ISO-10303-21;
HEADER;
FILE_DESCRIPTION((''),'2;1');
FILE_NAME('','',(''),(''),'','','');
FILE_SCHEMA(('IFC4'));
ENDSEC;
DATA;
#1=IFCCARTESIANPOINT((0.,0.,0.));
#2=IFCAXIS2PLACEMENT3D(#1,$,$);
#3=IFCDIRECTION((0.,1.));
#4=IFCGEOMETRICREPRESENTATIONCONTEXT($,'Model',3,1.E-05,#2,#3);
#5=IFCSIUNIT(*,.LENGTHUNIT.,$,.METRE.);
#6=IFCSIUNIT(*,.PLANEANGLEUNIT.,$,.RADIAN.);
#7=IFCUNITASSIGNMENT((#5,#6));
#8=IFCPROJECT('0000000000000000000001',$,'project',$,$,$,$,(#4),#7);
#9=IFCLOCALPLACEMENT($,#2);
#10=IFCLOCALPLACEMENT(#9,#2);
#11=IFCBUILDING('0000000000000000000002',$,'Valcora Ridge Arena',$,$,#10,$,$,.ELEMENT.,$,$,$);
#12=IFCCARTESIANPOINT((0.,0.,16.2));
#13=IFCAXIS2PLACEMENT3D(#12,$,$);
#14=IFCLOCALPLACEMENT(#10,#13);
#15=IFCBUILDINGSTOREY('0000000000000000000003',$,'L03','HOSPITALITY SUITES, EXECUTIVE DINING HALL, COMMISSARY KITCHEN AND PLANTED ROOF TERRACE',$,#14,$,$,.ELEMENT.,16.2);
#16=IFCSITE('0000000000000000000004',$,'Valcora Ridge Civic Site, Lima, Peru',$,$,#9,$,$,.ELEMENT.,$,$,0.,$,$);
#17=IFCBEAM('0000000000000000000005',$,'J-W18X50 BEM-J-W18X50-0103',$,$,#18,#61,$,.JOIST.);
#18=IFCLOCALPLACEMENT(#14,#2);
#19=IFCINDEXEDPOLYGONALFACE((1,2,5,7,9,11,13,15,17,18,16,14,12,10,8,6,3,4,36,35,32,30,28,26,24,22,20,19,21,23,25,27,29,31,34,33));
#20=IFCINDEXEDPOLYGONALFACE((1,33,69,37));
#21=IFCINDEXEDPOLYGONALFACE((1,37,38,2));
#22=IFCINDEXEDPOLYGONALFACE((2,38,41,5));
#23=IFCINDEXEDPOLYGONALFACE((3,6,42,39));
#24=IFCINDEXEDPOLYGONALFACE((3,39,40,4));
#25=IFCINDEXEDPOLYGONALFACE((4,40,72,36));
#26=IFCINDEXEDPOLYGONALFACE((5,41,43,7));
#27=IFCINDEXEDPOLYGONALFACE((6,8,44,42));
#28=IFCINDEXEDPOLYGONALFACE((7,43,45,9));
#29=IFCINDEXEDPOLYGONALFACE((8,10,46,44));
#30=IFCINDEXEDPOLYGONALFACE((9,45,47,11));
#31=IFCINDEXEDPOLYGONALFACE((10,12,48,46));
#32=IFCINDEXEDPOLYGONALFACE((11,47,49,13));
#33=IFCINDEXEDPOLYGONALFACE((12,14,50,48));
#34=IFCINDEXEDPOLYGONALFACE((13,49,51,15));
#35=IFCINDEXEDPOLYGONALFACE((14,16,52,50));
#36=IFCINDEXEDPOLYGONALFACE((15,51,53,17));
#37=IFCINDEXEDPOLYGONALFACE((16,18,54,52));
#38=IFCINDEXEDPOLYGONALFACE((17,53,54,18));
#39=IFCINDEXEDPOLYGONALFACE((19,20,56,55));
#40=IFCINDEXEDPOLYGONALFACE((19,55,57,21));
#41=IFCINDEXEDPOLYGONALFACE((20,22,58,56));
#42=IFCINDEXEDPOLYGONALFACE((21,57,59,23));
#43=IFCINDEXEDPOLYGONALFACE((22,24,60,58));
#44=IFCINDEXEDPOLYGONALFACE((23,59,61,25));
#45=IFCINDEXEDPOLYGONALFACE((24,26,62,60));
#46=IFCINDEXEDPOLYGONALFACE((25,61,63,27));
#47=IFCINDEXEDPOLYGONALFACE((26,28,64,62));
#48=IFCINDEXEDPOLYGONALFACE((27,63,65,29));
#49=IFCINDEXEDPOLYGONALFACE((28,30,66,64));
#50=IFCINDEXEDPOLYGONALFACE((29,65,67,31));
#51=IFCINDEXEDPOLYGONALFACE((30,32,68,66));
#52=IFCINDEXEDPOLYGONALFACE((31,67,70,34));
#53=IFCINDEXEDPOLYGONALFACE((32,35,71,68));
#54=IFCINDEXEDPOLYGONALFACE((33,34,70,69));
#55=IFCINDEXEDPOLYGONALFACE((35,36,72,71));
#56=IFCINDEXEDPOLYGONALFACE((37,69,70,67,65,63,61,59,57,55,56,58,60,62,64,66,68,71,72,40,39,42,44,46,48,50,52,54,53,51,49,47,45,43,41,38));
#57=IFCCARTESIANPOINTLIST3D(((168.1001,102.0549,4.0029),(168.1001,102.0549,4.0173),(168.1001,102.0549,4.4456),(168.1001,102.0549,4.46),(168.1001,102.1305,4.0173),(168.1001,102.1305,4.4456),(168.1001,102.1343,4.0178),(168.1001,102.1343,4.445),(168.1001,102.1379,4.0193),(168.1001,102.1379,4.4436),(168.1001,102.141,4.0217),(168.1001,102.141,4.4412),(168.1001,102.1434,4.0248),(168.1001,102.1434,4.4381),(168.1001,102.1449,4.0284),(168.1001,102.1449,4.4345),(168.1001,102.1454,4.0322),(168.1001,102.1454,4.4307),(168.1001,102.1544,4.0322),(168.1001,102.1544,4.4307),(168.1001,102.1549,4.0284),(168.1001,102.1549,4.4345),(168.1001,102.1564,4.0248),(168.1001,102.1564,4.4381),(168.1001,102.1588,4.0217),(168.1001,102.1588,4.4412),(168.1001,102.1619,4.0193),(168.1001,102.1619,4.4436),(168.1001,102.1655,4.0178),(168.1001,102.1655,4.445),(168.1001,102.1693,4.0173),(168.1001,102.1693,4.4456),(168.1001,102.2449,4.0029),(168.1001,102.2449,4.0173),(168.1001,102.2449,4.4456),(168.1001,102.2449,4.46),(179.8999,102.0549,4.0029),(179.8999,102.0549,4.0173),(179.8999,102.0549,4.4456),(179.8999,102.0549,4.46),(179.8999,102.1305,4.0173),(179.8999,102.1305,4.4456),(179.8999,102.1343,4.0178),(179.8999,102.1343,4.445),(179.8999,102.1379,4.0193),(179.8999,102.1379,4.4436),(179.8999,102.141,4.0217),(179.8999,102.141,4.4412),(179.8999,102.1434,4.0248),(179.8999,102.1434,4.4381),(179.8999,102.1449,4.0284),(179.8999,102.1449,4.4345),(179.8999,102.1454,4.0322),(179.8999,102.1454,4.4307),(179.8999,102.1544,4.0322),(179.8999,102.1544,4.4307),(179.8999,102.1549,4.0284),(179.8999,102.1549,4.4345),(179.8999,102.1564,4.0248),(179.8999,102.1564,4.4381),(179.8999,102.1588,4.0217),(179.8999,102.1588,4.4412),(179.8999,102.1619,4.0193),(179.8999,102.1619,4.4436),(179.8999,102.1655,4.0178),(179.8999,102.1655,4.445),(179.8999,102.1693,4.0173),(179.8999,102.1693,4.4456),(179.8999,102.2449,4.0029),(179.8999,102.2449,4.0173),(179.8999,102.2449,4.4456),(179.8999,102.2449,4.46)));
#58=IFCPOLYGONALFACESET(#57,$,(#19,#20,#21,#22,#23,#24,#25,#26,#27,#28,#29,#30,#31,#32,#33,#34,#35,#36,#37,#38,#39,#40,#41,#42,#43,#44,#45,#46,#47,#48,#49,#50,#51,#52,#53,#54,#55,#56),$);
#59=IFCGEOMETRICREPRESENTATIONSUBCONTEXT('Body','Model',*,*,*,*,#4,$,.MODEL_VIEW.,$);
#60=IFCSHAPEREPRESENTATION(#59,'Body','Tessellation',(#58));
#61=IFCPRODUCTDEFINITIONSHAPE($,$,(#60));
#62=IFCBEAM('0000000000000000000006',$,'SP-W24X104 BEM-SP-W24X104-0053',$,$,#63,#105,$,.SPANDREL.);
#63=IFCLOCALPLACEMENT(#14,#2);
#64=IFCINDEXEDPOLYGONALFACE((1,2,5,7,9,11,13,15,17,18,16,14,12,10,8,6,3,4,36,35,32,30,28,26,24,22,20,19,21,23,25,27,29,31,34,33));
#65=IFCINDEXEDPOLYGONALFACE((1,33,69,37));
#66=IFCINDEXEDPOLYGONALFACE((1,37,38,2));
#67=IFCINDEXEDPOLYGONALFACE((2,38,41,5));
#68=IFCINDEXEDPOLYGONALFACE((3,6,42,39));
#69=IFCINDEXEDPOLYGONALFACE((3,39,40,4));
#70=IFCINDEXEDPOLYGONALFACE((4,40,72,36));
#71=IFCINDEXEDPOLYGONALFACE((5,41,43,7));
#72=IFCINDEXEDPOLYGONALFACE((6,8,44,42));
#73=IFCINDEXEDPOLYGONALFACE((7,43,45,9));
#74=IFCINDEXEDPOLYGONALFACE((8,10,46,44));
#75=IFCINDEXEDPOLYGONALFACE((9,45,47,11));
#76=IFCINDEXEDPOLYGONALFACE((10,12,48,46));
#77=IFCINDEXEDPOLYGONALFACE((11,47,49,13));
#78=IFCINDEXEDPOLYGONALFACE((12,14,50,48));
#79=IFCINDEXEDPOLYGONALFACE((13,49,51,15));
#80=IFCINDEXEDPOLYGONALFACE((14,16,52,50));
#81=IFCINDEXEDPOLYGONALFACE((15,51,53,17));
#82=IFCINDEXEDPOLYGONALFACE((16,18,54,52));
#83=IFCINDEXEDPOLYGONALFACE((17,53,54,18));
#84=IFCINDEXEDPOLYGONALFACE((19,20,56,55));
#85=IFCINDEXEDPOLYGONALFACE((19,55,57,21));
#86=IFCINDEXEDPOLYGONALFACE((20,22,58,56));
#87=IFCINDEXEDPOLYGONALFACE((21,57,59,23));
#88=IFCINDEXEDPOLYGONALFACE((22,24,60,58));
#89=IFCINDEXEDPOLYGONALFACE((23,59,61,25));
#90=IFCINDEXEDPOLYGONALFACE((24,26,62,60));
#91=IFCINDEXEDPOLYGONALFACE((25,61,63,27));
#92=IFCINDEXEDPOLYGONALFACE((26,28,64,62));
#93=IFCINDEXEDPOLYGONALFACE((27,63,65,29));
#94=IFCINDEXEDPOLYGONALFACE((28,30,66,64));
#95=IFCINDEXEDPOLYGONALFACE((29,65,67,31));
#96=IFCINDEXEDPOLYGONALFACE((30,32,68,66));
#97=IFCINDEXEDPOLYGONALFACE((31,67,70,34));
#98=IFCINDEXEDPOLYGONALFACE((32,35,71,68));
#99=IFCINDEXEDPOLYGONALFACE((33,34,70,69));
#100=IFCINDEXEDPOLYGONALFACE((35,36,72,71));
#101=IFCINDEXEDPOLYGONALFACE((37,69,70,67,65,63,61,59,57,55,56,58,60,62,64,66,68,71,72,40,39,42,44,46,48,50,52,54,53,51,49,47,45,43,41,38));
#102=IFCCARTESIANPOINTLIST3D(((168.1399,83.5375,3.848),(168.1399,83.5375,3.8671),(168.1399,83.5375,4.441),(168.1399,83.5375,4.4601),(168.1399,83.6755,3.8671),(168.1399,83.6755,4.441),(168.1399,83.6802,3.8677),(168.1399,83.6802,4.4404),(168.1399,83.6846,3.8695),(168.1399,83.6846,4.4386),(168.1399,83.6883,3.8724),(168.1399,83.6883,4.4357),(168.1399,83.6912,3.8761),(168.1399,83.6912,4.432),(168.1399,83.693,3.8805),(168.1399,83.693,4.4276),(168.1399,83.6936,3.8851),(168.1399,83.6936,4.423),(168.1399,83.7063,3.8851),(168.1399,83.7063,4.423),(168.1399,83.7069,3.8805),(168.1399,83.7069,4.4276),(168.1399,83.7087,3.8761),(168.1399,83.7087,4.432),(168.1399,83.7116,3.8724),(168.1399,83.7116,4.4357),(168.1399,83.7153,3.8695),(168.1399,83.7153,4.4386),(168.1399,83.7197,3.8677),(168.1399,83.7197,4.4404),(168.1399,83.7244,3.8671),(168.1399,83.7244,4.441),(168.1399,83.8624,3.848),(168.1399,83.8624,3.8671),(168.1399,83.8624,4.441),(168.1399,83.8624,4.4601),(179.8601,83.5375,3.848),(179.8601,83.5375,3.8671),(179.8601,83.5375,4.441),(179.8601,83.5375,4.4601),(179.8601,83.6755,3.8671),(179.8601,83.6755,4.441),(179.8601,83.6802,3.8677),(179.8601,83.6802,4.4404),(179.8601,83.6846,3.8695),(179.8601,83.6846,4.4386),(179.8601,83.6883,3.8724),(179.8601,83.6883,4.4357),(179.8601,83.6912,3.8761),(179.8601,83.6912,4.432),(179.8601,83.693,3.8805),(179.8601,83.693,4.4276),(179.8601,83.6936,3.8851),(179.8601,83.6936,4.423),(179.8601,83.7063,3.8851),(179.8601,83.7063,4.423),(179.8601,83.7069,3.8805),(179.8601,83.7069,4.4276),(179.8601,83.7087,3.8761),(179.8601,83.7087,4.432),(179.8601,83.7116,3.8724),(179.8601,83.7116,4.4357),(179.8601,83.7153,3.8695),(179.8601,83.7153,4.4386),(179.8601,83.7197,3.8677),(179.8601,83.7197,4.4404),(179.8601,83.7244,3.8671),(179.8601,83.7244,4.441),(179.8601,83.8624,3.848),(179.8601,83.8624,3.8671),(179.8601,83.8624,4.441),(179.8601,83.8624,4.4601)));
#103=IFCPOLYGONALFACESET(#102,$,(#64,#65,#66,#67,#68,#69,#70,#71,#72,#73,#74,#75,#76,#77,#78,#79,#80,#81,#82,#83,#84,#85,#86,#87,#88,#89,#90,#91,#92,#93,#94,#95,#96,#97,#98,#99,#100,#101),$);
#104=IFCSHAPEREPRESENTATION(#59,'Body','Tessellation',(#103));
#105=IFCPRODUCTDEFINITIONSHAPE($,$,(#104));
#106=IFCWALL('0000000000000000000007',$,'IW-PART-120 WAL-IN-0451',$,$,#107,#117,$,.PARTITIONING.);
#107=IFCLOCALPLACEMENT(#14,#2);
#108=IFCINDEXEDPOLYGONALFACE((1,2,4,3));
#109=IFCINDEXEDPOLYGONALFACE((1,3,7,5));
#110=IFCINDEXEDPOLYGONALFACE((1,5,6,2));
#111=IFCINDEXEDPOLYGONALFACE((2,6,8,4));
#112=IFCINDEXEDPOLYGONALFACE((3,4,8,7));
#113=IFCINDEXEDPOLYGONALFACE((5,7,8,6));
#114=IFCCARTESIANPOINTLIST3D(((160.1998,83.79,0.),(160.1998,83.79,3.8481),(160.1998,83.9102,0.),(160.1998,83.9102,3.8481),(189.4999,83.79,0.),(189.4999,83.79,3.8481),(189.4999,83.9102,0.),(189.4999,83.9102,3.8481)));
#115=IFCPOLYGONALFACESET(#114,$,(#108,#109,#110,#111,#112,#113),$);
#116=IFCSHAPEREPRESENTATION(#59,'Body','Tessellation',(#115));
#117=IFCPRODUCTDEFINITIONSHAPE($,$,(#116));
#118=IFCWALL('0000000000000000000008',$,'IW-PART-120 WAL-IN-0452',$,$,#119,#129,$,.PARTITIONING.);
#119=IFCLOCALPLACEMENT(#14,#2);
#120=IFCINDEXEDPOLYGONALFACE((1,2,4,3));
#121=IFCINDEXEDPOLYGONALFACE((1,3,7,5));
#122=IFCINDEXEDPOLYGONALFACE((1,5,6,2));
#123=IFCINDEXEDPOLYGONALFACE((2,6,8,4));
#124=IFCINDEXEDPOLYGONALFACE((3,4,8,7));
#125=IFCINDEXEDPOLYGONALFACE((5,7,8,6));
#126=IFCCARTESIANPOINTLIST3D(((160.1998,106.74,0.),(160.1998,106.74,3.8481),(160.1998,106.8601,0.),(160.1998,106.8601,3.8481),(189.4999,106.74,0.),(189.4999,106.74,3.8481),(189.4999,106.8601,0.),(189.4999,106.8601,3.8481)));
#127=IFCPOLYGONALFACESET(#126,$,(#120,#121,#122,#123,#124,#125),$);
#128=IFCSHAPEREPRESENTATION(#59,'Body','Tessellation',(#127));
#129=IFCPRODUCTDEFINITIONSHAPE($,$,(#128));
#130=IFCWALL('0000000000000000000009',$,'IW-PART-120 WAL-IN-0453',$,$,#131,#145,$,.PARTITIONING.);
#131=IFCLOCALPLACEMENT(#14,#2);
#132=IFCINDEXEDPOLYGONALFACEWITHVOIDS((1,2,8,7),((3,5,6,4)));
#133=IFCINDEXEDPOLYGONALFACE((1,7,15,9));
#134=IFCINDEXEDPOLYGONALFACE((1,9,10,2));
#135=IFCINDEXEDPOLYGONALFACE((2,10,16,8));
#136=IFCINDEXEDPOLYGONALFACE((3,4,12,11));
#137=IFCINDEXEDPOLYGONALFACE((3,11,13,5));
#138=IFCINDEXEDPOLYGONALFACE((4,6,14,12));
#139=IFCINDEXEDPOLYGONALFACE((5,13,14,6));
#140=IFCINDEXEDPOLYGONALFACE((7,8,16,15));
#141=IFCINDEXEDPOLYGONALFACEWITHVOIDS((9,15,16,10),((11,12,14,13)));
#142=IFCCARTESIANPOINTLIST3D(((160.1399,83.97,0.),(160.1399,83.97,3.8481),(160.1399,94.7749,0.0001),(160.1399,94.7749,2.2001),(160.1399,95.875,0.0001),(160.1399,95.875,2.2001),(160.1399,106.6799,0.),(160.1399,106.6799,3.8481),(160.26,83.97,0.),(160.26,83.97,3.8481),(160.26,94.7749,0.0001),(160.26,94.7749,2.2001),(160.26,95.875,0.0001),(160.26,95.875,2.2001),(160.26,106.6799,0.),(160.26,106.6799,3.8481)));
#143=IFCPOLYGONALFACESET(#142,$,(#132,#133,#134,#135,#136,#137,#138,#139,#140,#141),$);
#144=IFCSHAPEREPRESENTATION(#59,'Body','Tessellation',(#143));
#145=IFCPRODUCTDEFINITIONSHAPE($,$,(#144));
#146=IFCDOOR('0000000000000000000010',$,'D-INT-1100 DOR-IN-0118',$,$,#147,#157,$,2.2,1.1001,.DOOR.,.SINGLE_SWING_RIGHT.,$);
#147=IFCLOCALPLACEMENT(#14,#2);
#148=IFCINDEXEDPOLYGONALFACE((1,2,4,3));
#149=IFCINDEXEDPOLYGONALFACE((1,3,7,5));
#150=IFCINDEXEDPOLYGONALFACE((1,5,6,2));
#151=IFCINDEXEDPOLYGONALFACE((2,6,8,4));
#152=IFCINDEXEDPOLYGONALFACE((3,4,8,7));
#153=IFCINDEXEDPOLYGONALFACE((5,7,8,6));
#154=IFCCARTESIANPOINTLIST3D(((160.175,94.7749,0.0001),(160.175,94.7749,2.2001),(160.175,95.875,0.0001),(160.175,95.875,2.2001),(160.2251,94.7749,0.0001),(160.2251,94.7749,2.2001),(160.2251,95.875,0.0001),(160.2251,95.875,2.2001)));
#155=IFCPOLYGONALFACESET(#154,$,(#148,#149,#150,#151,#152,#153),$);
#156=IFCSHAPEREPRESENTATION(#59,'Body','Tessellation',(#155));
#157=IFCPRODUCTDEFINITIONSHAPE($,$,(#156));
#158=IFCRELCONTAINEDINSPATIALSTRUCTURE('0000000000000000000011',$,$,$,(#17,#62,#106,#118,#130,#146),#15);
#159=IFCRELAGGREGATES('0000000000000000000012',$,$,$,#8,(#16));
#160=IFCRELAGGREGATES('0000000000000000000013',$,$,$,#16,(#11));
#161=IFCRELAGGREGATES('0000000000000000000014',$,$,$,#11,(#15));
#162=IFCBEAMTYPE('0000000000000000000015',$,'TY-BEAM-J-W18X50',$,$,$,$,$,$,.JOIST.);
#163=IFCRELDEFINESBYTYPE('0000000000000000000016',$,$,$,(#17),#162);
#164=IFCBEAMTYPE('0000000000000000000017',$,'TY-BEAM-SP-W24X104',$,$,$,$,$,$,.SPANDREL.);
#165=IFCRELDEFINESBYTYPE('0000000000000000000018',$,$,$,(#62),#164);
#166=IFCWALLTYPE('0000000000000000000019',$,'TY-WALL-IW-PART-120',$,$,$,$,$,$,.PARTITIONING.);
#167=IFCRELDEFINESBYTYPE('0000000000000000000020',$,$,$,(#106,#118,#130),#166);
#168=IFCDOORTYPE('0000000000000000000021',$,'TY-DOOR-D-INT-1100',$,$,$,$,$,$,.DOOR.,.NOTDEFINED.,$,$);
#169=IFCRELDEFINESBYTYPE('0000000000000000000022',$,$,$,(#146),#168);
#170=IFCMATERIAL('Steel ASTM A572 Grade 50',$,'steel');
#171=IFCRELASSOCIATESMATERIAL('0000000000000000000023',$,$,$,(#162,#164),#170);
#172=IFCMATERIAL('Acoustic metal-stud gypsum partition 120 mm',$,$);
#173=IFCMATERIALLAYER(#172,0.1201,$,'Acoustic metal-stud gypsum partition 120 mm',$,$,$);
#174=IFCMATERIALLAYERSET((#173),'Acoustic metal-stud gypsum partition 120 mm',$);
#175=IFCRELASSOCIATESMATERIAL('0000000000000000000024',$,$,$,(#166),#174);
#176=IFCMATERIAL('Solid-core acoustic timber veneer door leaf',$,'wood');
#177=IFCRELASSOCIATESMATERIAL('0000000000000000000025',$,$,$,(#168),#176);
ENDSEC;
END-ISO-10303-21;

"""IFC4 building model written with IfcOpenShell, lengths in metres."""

from ifc_helpers import new_model, si_unit, direction, frame, frame_2d, origin, origin_2d, place, context, subcontext, project, spatial, rectangle, i_section, extrude, material, layer, layer_set, material_profile, profile_set, type_object, element, fill, save


model = new_model("IFC4")

# Units and contexts
model_context = context("Model", 3, precision=1e-05, world=origin(), true_north=direction((0.0, 1.0)))
body_context = subcontext(model_context, "Body", "Model", "MODEL_VIEW")
ifc_project = project(units=[si_unit("LENGTHUNIT", "METRE"), si_unit("PLANEANGLEUNIT", "RADIAN")], contexts=[model_context])

# Site, building, storey
site_placement = place(None, origin())
site = spatial("IfcSite", under=ifc_project, at=site_placement, Name="Valcora Ridge Civic Site, Lima, Peru", CompositionType="ELEMENT", RefElevation=0.0)
building_placement = place(site_placement, origin())
building = spatial("IfcBuilding", under=site, at=building_placement, Name="Valcora Ridge Arena", CompositionType="ELEMENT")
storey_placement = place(building_placement, frame((0.0, 0.0, 16.2)))
storey = spatial("IfcBuildingStorey", under=building, at=storey_placement, Name="L03", Description="HOSPITALITY SUITES, EXECUTIVE DINING HALL, COMMISSARY KITCHEN AND PLANTED ROOF TERRACE", CompositionType="ELEMENT", Elevation=16.2)

# Beams
ifc_material_1 = material(Name="Steel ASTM A572 Grade 50", Category="steel")
ifc_material_profile_1 = material_profile(ifc_material_1, i_section(OverallWidth=0.1899, OverallDepth=0.457, WebThickness=0.009, FlangeThickness=0.0144, FilletRadius=0.0149, at=origin_2d()), Name="W18X50")
ifc_profile_set_1 = profile_set([ifc_material_profile_1], Name="Steel ASTM A572 Grade 50")
beam_type_1 = type_object("IfcBeamType", Name="TY-BEAM-J-W18X50", PredefinedType="JOIST", material=ifc_profile_set_1)
for number, where, z_axis, x_axis, name in (
    (1, (168.1001, 102.1499, 4.2314), (1.0, 0.0, 0.0), (0.0, 1.0, 0.0), "J-W18X50 BEM-J-W18X50-0103"),
):
    element("IfcBeam", number, at=place(storey_placement, frame(where, z_axis=z_axis, x_axis=x_axis)), inside=storey, type_object=beam_type_1, Name=name, PredefinedType="JOIST", context=body_context, shape_type="SweptSolid", body=[
        extrude(i_section(OverallWidth=0.1899, OverallDepth=0.457, WebThickness=0.009, FlangeThickness=0.0144, FilletRadius=0.0149, at=origin_2d()), origin(), (0.0, 0.0, 1.0), 11.7998),
    ])
ifc_material_profile_2 = material_profile(ifc_material_1, i_section(OverallWidth=0.325, OverallDepth=0.6121, WebThickness=0.0127, FlangeThickness=0.019, FilletRadius=0.0181, at=origin_2d()), Name="W24X104")
ifc_profile_set_2 = profile_set([ifc_material_profile_2], Name="Steel ASTM A572 Grade 50")
beam_type_2 = type_object("IfcBeamType", Name="TY-BEAM-SP-W24X104", PredefinedType="SPANDREL", material=ifc_profile_set_2)
beam_1_placement = place(storey_placement, frame((168.1399, 83.7, 4.1541), z_axis=(1.0, 0.0, 0.0), x_axis=(0.0, 1.0, 0.0)))
element("IfcBeam", 2, at=beam_1_placement, inside=storey, type_object=beam_type_2, Name="SP-W24X104 BEM-SP-W24X104-0053", PredefinedType="SPANDREL", context=body_context, shape_type="SweptSolid", body=[
    extrude(i_section(OverallWidth=0.325, OverallDepth=0.6121, WebThickness=0.0127, FlangeThickness=0.019, FilletRadius=0.0181, at=origin_2d()), origin(), (0.0, 0.0, 1.0), 11.7202),
])

# Walls
ifc_material_2 = material(Name="Acoustic metal-stud gypsum partition 120 mm")
ifc_layer = layer(ifc_material_2, 0.1201, Name="Acoustic metal-stud gypsum partition 120 mm")
ifc_layer_set = layer_set([ifc_layer], Name="Acoustic metal-stud gypsum partition 120 mm")
wall_type = type_object("IfcWallType", Name="TY-WALL-IW-PART-120", PredefinedType="PARTITIONING", material=ifc_layer_set)
for number, where, z_axis, x_axis, name in (
    (3, (160.2, 83.8501, 0.0), (0.0, 0.0, 1.0), (1.0, 0.0, 0.0), "IW-PART-120 WAL-IN-0451"),
    (4, (160.2, 106.8, 0.0), (0.0, 0.0, 1.0), (1.0, 0.0, 0.0), "IW-PART-120 WAL-IN-0452"),
):
    element("IfcWall", number, at=place(storey_placement, frame(where, z_axis=z_axis, x_axis=x_axis)), inside=storey, type_object=wall_type, Name=name, PredefinedType="PARTITIONING", context=body_context, shape_type="SweptSolid", body=[
        extrude(rectangle(XDim=29.3, YDim=0.1201, at=frame_2d((14.6499, 0.0))), origin(), (0.0, 0.0, 1.0), 3.8481),
    ])

# Wall, opening, door
wall_placement = place(storey_placement, frame((160.2, 83.97, 0.0), z_axis=(0.0, 0.0, 1.0), x_axis=(0.0, 1.0, 0.0)))
wall = element("IfcWall", 5, at=wall_placement, inside=storey, type_object=wall_type, Name="IW-PART-120 WAL-IN-0453", PredefinedType="PARTITIONING", context=body_context, shape_type="SweptSolid", body=[
    extrude(rectangle(XDim=22.71, YDim=0.1201, at=frame_2d((11.355, 0.0))), origin(), (0.0, 0.0, 1.0), 3.8481),
])
opening_placement = place(wall_placement, frame((10.8049, 0.0, 0.0)))
opening = element("IfcOpeningElement", 6, at=opening_placement, cuts=wall, PredefinedType="OPENING", context=body_context, shape_type="SweptSolid", body=[
    extrude(rectangle(XDim=1.1001, YDim=2.2, at=frame_2d((0.55, 1.1001))), frame((0.0, 0.0701, 0.0), z_axis=(0.0, -1.0, 0.0), x_axis=(1.0, 0.0, 0.0)), (0.0, 0.0, 1.0), 0.1401),
])
ifc_material_3 = material(Name="Solid-core acoustic timber veneer door leaf", Category="wood")
door_type = type_object("IfcDoorType", Name="TY-DOOR-D-INT-1100", OperationType="NOTDEFINED", PredefinedType="DOOR", material=ifc_material_3)
door_placement = place(opening_placement, origin())
door = element("IfcDoor", 7, at=door_placement, inside=storey, type_object=door_type, Name="D-INT-1100 DOR-IN-0118", OperationType="SINGLE_SWING_RIGHT", OverallHeight=2.2, OverallWidth=1.1001, PredefinedType="DOOR", context=body_context, shape_type="SweptSolid", body=[
    extrude(rectangle(XDim=1.1001, YDim=2.2, at=frame_2d((0.55, 1.1001))), frame((0.0, 0.0249, 0.0), z_axis=(0.0, -1.0, 0.0), x_axis=(1.0, 0.0, 0.0)), (0.0, 0.0, 1.0), 0.05),
])
fill(opening, door)

save(model, "model.ifc")
